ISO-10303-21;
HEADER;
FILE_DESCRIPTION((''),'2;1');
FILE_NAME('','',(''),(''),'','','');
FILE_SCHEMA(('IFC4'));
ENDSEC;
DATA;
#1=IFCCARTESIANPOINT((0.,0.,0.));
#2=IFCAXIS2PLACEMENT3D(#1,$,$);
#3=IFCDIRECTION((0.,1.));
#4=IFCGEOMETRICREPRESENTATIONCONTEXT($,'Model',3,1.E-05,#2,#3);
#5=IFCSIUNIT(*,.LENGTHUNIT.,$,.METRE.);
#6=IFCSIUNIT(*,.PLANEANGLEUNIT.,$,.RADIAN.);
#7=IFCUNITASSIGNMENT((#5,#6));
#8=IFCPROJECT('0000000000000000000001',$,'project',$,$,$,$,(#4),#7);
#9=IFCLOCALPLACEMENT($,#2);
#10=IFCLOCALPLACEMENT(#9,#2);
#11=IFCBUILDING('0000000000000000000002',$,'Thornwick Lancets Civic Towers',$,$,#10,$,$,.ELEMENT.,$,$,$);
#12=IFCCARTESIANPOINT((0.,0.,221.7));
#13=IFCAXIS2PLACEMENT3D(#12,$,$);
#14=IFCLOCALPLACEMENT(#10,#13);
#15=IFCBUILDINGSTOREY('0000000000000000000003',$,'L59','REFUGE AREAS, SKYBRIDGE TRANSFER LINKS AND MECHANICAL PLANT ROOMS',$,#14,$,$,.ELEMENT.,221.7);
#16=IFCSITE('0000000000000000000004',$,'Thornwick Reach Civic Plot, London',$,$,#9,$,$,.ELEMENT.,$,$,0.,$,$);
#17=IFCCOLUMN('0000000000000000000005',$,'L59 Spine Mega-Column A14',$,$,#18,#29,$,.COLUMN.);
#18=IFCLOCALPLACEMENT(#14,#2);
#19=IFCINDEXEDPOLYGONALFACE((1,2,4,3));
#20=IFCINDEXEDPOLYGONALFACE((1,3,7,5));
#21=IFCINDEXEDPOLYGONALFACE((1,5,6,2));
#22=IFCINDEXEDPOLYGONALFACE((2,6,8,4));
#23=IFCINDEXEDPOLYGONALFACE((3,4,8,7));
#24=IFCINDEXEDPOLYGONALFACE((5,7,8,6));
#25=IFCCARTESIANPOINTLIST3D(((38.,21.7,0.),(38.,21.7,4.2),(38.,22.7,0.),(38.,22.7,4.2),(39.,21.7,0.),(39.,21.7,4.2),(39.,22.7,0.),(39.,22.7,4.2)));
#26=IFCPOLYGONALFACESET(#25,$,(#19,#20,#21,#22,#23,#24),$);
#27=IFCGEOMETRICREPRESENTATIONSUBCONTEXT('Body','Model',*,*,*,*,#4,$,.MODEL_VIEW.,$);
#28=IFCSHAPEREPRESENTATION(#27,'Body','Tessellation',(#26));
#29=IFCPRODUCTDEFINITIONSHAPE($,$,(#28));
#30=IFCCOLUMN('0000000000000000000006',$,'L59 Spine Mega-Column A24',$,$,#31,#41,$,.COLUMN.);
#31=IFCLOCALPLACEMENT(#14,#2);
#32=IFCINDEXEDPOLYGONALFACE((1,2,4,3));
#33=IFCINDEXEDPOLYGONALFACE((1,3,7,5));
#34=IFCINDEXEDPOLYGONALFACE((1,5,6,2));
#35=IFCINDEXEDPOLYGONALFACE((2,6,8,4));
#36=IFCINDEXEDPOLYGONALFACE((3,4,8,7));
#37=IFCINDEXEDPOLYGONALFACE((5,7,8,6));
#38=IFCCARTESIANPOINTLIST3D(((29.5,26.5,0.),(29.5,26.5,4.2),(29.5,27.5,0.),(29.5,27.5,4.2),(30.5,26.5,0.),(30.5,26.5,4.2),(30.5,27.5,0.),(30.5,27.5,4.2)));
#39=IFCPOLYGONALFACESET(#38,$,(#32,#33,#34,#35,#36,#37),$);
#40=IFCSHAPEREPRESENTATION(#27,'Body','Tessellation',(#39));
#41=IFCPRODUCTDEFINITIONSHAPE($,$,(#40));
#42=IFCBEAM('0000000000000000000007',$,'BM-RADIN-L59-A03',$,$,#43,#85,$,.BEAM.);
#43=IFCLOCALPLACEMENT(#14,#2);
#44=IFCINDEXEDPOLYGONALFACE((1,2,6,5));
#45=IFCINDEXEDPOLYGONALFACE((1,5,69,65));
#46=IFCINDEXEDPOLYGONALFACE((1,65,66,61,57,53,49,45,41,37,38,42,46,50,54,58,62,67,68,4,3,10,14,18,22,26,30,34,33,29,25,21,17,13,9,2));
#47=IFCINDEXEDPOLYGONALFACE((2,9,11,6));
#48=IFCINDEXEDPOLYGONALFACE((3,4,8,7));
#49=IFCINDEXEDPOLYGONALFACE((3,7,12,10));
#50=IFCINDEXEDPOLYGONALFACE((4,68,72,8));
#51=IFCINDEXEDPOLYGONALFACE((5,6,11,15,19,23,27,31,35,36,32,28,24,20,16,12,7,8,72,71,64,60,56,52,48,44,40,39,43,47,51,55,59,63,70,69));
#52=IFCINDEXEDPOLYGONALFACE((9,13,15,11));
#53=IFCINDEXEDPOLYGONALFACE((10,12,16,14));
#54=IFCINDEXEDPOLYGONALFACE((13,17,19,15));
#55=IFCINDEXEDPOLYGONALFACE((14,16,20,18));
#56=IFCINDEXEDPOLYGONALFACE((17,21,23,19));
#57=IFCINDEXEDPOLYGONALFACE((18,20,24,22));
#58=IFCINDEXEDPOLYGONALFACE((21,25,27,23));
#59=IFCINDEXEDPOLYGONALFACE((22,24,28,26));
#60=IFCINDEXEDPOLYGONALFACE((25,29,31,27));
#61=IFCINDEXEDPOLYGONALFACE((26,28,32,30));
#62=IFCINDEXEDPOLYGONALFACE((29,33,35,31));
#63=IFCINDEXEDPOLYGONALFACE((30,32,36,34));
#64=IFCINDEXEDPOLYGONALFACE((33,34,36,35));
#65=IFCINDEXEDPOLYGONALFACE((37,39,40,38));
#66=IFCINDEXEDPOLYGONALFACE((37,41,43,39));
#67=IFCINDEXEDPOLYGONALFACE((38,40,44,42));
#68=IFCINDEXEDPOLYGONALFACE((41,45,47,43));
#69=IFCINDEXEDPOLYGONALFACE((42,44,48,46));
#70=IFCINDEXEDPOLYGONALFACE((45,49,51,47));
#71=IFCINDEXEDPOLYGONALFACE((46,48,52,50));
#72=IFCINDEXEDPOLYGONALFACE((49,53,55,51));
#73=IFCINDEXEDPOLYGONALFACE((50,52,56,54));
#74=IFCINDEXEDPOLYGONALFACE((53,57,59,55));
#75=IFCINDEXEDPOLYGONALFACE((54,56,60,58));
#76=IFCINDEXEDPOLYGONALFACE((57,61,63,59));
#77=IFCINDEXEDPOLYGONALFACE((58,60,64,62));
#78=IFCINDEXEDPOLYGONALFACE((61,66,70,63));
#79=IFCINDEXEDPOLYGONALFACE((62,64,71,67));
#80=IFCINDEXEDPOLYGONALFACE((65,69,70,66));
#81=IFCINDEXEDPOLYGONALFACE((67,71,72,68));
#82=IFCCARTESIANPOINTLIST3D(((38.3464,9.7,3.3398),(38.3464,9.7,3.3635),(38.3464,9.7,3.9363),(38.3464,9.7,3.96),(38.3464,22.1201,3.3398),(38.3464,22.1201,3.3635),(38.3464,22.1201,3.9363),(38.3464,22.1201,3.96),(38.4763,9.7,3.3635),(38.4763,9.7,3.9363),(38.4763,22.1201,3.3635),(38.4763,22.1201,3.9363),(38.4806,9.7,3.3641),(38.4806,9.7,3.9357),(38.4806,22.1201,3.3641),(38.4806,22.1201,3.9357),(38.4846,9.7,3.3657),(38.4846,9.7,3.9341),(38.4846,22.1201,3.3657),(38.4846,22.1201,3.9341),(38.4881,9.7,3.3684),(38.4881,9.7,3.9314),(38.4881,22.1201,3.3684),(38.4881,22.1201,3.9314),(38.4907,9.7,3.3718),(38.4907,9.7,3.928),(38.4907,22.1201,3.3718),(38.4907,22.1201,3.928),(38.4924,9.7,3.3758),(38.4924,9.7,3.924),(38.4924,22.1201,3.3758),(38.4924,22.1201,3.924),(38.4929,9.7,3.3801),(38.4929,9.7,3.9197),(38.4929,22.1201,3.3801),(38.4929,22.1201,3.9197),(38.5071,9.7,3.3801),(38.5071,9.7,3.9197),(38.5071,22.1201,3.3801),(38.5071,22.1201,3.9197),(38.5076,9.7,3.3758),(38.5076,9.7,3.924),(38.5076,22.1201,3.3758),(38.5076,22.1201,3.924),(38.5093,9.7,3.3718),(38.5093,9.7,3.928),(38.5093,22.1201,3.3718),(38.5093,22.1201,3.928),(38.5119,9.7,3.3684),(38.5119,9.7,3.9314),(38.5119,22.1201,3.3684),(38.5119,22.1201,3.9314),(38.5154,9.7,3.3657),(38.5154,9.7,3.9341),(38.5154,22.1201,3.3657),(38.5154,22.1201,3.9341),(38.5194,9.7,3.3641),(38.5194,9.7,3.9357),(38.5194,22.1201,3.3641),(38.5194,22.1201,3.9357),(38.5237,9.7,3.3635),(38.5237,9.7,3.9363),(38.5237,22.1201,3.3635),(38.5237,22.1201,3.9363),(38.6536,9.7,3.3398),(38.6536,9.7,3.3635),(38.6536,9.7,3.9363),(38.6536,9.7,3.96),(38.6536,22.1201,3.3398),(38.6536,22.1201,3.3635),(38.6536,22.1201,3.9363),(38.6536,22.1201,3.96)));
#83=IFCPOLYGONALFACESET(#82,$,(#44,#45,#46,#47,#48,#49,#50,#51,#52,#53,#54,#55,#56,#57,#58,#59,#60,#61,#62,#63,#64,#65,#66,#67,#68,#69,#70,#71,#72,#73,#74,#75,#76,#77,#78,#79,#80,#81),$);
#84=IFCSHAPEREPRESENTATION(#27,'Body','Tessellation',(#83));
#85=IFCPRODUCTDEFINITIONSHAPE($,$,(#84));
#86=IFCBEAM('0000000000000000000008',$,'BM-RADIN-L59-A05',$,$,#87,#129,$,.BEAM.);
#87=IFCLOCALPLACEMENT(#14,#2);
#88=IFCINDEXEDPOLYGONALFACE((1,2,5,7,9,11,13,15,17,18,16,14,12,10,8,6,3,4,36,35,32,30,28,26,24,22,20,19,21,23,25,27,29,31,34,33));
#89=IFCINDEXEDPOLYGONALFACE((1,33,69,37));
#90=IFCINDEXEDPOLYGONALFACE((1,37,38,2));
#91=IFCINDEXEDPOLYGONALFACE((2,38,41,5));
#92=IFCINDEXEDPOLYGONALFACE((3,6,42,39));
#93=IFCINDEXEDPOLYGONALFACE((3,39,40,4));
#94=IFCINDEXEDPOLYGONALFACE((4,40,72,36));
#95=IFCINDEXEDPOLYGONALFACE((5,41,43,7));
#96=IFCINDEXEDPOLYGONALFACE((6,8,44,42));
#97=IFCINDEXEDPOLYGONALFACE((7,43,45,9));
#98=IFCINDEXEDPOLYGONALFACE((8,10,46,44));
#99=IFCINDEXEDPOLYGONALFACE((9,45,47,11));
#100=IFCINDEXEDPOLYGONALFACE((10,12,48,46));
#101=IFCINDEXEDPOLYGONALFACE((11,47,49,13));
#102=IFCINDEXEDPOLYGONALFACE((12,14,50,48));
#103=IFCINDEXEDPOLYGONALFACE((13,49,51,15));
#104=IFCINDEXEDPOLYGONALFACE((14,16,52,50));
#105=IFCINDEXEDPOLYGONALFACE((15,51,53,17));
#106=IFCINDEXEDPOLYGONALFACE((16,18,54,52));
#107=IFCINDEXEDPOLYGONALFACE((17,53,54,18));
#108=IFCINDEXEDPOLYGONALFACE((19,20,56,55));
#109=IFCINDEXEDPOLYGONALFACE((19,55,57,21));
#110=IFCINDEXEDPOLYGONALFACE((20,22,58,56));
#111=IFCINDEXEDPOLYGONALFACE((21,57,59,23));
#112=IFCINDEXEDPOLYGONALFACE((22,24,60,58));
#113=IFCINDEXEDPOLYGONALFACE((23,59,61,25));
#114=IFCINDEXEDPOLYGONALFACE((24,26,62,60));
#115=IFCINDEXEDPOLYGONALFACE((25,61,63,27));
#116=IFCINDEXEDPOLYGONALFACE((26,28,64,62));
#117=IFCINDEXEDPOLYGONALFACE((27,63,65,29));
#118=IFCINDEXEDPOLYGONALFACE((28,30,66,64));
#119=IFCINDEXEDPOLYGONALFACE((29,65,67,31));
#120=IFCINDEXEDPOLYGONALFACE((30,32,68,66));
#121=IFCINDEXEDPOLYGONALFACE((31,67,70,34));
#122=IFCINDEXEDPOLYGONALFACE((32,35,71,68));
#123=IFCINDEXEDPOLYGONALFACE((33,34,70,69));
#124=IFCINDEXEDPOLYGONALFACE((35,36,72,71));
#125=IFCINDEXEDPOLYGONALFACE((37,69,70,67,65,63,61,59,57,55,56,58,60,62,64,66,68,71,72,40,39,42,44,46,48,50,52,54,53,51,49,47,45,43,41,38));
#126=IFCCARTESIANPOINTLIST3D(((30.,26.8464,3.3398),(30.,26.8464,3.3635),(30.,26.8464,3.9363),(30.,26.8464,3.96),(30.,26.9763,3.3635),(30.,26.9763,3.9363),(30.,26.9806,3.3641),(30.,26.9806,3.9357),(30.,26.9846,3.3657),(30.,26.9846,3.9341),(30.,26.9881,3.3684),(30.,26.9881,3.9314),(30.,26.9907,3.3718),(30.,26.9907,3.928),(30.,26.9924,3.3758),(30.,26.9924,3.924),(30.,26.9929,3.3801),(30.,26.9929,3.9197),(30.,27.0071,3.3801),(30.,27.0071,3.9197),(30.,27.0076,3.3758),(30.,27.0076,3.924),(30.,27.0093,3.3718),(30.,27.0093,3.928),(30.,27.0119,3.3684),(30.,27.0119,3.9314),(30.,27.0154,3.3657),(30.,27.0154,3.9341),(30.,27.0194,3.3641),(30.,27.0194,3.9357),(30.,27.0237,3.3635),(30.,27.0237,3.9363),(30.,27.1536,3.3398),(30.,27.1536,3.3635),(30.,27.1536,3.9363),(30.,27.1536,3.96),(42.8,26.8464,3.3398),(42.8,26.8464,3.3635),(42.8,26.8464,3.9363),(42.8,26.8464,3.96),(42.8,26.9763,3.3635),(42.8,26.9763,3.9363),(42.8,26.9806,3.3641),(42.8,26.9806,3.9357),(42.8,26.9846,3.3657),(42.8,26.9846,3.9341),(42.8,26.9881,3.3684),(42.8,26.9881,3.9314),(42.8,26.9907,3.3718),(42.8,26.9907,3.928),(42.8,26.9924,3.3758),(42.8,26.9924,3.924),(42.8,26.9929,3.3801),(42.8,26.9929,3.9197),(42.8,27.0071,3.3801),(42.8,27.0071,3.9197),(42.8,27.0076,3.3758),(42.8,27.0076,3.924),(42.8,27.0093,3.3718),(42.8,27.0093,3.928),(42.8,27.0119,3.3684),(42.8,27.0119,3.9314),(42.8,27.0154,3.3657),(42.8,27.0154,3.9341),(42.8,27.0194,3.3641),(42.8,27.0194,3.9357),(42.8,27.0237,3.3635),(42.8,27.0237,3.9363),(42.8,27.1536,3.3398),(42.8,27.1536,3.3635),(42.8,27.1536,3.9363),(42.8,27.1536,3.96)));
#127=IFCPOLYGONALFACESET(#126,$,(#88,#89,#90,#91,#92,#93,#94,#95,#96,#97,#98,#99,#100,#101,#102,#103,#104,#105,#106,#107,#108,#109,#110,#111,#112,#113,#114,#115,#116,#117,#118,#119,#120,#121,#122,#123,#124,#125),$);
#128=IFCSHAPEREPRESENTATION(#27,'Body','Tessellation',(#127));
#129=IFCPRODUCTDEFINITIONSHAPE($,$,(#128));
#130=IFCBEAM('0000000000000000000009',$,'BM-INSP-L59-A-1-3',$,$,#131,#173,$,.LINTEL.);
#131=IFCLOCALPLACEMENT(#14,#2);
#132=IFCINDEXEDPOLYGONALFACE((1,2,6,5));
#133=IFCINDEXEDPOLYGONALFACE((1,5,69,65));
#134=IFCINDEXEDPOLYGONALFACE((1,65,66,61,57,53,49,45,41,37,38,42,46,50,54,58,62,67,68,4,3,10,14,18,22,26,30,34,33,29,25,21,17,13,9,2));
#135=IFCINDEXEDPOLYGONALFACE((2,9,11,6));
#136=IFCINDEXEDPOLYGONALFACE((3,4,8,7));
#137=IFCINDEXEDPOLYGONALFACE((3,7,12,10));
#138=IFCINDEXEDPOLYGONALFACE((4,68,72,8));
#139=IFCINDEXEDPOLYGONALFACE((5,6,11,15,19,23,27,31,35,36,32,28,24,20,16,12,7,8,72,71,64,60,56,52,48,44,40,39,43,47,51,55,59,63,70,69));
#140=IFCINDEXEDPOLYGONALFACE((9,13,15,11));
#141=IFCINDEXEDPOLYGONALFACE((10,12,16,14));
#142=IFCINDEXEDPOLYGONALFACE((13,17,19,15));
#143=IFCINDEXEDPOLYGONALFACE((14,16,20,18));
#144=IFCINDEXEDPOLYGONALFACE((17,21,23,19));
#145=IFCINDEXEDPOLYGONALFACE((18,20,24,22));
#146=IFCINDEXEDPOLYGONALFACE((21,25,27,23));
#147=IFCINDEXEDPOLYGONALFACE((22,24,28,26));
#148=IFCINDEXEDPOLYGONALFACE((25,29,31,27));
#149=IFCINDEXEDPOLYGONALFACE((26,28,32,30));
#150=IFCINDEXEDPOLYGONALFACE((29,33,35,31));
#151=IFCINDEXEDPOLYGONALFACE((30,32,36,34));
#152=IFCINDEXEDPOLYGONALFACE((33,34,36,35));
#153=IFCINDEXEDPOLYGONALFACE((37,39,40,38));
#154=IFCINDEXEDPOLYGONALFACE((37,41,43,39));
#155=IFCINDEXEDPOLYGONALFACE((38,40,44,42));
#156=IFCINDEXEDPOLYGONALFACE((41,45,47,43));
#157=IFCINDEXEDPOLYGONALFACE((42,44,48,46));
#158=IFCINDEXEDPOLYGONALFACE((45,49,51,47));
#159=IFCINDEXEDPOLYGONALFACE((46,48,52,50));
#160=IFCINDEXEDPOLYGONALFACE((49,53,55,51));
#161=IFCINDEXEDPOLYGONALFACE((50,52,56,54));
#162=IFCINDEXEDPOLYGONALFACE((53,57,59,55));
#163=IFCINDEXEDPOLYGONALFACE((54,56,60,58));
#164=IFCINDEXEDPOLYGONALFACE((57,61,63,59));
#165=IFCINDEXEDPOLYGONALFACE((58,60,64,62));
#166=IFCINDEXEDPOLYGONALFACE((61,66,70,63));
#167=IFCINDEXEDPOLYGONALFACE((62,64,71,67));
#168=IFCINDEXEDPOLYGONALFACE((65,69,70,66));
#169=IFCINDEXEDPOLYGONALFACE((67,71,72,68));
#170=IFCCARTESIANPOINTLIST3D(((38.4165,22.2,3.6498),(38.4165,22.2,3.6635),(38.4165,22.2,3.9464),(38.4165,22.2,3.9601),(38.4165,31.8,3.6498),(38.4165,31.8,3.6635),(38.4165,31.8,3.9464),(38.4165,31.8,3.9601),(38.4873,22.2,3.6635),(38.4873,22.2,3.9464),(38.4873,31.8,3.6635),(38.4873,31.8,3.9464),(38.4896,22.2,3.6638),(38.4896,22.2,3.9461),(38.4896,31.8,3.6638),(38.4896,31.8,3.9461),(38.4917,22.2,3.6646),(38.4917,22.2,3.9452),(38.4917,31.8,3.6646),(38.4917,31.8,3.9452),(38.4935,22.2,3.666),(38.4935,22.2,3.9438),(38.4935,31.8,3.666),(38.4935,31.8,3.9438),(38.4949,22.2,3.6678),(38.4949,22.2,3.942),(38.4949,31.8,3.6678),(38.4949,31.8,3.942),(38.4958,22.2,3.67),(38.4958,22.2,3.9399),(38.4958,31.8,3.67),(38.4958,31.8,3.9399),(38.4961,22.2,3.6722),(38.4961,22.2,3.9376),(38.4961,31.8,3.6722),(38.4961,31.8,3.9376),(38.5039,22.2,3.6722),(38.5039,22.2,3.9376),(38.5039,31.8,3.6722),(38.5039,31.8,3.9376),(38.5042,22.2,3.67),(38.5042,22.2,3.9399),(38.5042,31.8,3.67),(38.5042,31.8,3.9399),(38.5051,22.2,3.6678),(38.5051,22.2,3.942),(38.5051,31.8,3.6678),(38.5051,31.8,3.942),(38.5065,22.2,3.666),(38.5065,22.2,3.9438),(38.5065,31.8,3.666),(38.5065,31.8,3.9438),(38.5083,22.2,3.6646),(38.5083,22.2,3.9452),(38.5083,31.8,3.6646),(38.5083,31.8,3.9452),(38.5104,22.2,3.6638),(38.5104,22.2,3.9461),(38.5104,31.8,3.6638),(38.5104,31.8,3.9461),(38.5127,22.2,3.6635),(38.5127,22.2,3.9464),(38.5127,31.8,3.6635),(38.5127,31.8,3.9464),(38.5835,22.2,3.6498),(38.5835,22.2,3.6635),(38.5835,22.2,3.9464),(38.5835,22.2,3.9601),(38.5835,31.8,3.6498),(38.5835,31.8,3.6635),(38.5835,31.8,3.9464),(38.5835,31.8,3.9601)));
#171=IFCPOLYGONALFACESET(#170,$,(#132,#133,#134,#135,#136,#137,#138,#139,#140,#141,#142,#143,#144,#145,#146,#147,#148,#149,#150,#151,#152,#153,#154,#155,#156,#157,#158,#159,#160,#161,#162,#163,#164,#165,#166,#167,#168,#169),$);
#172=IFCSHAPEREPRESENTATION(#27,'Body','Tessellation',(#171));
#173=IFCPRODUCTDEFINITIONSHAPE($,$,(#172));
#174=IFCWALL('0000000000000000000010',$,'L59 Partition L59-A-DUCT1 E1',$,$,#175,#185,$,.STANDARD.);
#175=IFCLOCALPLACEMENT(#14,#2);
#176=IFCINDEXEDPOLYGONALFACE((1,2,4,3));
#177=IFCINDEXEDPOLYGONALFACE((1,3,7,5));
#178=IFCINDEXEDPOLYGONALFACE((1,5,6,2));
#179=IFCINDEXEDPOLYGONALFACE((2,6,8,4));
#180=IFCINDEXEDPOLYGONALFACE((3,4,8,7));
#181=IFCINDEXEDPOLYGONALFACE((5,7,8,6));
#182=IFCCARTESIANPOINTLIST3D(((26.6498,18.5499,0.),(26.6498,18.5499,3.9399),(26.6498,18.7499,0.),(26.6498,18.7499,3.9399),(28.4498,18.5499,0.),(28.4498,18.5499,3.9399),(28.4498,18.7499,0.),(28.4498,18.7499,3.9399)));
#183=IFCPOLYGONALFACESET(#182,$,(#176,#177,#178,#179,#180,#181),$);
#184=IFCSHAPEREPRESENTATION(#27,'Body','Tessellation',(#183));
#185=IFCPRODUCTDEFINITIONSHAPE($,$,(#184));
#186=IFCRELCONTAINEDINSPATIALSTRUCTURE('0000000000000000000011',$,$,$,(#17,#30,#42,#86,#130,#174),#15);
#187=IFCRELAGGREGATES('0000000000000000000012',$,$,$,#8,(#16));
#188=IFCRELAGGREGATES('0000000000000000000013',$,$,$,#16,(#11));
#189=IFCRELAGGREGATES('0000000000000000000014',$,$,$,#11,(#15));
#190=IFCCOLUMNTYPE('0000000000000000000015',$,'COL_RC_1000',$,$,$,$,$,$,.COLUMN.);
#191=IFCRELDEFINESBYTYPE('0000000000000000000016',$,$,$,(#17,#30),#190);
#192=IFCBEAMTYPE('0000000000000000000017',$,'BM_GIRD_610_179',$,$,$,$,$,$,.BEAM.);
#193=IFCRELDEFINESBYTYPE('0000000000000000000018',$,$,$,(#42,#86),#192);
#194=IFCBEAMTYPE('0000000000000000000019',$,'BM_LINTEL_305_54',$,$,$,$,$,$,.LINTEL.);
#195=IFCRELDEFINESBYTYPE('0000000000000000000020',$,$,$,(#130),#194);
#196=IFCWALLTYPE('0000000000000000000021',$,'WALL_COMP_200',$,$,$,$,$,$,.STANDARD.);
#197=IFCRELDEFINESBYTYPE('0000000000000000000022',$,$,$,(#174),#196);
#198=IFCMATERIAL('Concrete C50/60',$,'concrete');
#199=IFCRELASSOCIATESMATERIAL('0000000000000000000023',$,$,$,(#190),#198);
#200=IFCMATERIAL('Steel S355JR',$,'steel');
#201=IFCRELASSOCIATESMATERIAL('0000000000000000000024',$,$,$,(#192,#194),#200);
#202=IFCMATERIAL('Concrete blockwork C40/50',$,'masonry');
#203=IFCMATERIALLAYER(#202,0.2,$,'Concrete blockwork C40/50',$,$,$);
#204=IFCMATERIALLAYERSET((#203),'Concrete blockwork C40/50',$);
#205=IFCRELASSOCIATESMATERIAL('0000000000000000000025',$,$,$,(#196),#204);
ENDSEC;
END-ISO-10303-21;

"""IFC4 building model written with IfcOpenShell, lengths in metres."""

from ifc_helpers import new_model, si_unit, direction, frame, frame_2d, origin, origin_2d, place, context, subcontext, project, spatial, rectangle, i_section, extrude, material, layer, layer_set, material_profile, profile_set, type_object, element, save


model = new_model("IFC4")

# Units and contexts
model_context = context("Model", 3, precision=1e-05, world=origin(), true_north=direction((0.0, 1.0)))
body_context = subcontext(model_context, "Body", "Model", "MODEL_VIEW")
ifc_project = project(units=[si_unit("LENGTHUNIT", "METRE"), si_unit("PLANEANGLEUNIT", "RADIAN")], contexts=[model_context])

# Site, building, storey
site_placement = place(None, origin())
site = spatial("IfcSite", under=ifc_project, at=site_placement, Name="Thornwick Reach Civic Plot, London", CompositionType="ELEMENT", RefElevation=0.0)
building_placement = place(site_placement, origin())
building = spatial("IfcBuilding", under=site, at=building_placement, Name="Thornwick Lancets Civic Towers", CompositionType="ELEMENT")
storey_placement = place(building_placement, frame((0.0, 0.0, 221.7)))
storey = spatial("IfcBuildingStorey", under=building, at=storey_placement, Name="L59", Description="REFUGE AREAS, SKYBRIDGE TRANSFER LINKS AND MECHANICAL PLANT ROOMS", CompositionType="ELEMENT", Elevation=221.7)

# Columns
ifc_material_1 = material(Name="Concrete C50/60", Category="concrete")
ifc_material_profile_1 = material_profile(ifc_material_1, rectangle(XDim=1.0, YDim=1.0, at=origin_2d()), Name="RC 1000x1000")
ifc_profile_set_1 = profile_set([ifc_material_profile_1], Name="Concrete C50/60")
column_type = type_object("IfcColumnType", Name="COL_RC_1000", PredefinedType="COLUMN", material=ifc_profile_set_1)
for number, where, z_axis, x_axis, name in (
    (1, (38.5, 22.2, 0.0), (0.0, 0.0, 1.0), (1.0, 0.0, 0.0), "L59 Spine Mega-Column A14"),
    (2, (30.0, 27.0, 0.0), (0.0, 0.0, 1.0), (1.0, 0.0, 0.0), "L59 Spine Mega-Column A24"),
):
    element("IfcColumn", number, at=place(storey_placement, frame(where, z_axis=z_axis, x_axis=x_axis)), inside=storey, type_object=column_type, Name=name, PredefinedType="COLUMN", context=body_context, shape_type="SweptSolid", body=[
        extrude(rectangle(XDim=1.0, YDim=1.0, at=origin_2d()), origin(), (0.0, 0.0, 1.0), 4.2),
    ])

# Beams
ifc_material_2 = material(Name="Steel S355JR", Category="steel")
ifc_material_profile_2 = material_profile(ifc_material_2, i_section(OverallWidth=0.3071, OverallDepth=0.6201, WebThickness=0.0142, FlangeThickness=0.0237, FilletRadius=0.0166, at=origin_2d()), Name="UKB 610x305x179")
ifc_profile_set_2 = profile_set([ifc_material_profile_2], Name="Steel S355JR")
beam_type_1 = type_object("IfcBeamType", Name="BM_GIRD_610_179", PredefinedType="BEAM", material=ifc_profile_set_2)
beam_1_placement = place(storey_placement, frame((38.5, 22.1201, 3.6499), z_axis=(0.0, -1.0, 0.0), x_axis=(1.0, 0.0, 0.0)))
element("IfcBeam", 3, at=beam_1_placement, inside=storey, type_object=beam_type_1, Name="BM-RADIN-L59-A03", PredefinedType="BEAM", context=body_context, shape_type="SweptSolid", body=[
    extrude(i_section(OverallWidth=0.3071, OverallDepth=0.6201, WebThickness=0.0142, FlangeThickness=0.0237, FilletRadius=0.0166, at=origin_2d()), origin(), (0.0, 0.0, 1.0), 12.4202),
])
beam_2_placement = place(storey_placement, frame((30.0, 27.0, 3.6499), z_axis=(1.0, 0.0, 0.0), x_axis=(0.0, 1.0, 0.0)))
element("IfcBeam", 4, at=beam_2_placement, inside=storey, type_object=beam_type_1, Name="BM-RADIN-L59-A05", PredefinedType="BEAM", context=body_context, shape_type="SweptSolid", body=[
    extrude(i_section(OverallWidth=0.3071, OverallDepth=0.6201, WebThickness=0.0142, FlangeThickness=0.0237, FilletRadius=0.0166, at=origin_2d()), origin(), (0.0, 0.0, 1.0), 12.8),
])
ifc_material_profile_3 = material_profile(ifc_material_2, i_section(OverallWidth=0.167, OverallDepth=0.3103, WebThickness=0.0078, FlangeThickness=0.0137, FilletRadius=0.0088, at=origin_2d()), Name="UKB 305x165x54")
ifc_profile_set_3 = profile_set([ifc_material_profile_3], Name="Steel S355JR")
beam_type_2 = type_object("IfcBeamType", Name="BM_LINTEL_305_54", PredefinedType="LINTEL", material=ifc_profile_set_3)
beam_3_placement = place(storey_placement, frame((38.5, 22.2, 3.8049), z_axis=(0.0, 1.0, 0.0), x_axis=(-1.0, 0.0, 0.0)))
element("IfcBeam", 5, at=beam_3_placement, inside=storey, type_object=beam_type_2, Name="BM-INSP-L59-A-1-3", PredefinedType="LINTEL", context=body_context, shape_type="SweptSolid", body=[
    extrude(i_section(OverallWidth=0.167, OverallDepth=0.3103, WebThickness=0.0078, FlangeThickness=0.0137, FilletRadius=0.0088, at=origin_2d()), origin(), (0.0, 0.0, 1.0), 9.6001),
])

# Wall
ifc_material_3 = material(Name="Concrete blockwork C40/50", Category="masonry")
ifc_layer_1 = layer(ifc_material_3, 0.2, Name="Concrete blockwork C40/50")
ifc_layer_set_1 = layer_set([ifc_layer_1], Name="Concrete blockwork C40/50")
wall_type_1 = type_object("IfcWallType", Name="WALL_COMP_200", PredefinedType="STANDARD", material=ifc_layer_set_1)
wall_1_placement = place(storey_placement, frame((26.6499, 18.6499, 0.0), z_axis=(0.0, 0.0, 1.0), x_axis=(1.0, 0.0, 0.0)))
element("IfcWall", 6, at=wall_1_placement, inside=storey, type_object=wall_type_1, Name="L59 Partition L59-A-DUCT1 E1", PredefinedType="STANDARD", context=body_context, shape_type="SweptSolid", body=[
    extrude(rectangle(XDim=1.8, YDim=0.2, at=frame_2d((0.8999, 0.0))), origin(), (0.0, 0.0, 1.0), 3.9399),
])

save(model, "model.ifc")
